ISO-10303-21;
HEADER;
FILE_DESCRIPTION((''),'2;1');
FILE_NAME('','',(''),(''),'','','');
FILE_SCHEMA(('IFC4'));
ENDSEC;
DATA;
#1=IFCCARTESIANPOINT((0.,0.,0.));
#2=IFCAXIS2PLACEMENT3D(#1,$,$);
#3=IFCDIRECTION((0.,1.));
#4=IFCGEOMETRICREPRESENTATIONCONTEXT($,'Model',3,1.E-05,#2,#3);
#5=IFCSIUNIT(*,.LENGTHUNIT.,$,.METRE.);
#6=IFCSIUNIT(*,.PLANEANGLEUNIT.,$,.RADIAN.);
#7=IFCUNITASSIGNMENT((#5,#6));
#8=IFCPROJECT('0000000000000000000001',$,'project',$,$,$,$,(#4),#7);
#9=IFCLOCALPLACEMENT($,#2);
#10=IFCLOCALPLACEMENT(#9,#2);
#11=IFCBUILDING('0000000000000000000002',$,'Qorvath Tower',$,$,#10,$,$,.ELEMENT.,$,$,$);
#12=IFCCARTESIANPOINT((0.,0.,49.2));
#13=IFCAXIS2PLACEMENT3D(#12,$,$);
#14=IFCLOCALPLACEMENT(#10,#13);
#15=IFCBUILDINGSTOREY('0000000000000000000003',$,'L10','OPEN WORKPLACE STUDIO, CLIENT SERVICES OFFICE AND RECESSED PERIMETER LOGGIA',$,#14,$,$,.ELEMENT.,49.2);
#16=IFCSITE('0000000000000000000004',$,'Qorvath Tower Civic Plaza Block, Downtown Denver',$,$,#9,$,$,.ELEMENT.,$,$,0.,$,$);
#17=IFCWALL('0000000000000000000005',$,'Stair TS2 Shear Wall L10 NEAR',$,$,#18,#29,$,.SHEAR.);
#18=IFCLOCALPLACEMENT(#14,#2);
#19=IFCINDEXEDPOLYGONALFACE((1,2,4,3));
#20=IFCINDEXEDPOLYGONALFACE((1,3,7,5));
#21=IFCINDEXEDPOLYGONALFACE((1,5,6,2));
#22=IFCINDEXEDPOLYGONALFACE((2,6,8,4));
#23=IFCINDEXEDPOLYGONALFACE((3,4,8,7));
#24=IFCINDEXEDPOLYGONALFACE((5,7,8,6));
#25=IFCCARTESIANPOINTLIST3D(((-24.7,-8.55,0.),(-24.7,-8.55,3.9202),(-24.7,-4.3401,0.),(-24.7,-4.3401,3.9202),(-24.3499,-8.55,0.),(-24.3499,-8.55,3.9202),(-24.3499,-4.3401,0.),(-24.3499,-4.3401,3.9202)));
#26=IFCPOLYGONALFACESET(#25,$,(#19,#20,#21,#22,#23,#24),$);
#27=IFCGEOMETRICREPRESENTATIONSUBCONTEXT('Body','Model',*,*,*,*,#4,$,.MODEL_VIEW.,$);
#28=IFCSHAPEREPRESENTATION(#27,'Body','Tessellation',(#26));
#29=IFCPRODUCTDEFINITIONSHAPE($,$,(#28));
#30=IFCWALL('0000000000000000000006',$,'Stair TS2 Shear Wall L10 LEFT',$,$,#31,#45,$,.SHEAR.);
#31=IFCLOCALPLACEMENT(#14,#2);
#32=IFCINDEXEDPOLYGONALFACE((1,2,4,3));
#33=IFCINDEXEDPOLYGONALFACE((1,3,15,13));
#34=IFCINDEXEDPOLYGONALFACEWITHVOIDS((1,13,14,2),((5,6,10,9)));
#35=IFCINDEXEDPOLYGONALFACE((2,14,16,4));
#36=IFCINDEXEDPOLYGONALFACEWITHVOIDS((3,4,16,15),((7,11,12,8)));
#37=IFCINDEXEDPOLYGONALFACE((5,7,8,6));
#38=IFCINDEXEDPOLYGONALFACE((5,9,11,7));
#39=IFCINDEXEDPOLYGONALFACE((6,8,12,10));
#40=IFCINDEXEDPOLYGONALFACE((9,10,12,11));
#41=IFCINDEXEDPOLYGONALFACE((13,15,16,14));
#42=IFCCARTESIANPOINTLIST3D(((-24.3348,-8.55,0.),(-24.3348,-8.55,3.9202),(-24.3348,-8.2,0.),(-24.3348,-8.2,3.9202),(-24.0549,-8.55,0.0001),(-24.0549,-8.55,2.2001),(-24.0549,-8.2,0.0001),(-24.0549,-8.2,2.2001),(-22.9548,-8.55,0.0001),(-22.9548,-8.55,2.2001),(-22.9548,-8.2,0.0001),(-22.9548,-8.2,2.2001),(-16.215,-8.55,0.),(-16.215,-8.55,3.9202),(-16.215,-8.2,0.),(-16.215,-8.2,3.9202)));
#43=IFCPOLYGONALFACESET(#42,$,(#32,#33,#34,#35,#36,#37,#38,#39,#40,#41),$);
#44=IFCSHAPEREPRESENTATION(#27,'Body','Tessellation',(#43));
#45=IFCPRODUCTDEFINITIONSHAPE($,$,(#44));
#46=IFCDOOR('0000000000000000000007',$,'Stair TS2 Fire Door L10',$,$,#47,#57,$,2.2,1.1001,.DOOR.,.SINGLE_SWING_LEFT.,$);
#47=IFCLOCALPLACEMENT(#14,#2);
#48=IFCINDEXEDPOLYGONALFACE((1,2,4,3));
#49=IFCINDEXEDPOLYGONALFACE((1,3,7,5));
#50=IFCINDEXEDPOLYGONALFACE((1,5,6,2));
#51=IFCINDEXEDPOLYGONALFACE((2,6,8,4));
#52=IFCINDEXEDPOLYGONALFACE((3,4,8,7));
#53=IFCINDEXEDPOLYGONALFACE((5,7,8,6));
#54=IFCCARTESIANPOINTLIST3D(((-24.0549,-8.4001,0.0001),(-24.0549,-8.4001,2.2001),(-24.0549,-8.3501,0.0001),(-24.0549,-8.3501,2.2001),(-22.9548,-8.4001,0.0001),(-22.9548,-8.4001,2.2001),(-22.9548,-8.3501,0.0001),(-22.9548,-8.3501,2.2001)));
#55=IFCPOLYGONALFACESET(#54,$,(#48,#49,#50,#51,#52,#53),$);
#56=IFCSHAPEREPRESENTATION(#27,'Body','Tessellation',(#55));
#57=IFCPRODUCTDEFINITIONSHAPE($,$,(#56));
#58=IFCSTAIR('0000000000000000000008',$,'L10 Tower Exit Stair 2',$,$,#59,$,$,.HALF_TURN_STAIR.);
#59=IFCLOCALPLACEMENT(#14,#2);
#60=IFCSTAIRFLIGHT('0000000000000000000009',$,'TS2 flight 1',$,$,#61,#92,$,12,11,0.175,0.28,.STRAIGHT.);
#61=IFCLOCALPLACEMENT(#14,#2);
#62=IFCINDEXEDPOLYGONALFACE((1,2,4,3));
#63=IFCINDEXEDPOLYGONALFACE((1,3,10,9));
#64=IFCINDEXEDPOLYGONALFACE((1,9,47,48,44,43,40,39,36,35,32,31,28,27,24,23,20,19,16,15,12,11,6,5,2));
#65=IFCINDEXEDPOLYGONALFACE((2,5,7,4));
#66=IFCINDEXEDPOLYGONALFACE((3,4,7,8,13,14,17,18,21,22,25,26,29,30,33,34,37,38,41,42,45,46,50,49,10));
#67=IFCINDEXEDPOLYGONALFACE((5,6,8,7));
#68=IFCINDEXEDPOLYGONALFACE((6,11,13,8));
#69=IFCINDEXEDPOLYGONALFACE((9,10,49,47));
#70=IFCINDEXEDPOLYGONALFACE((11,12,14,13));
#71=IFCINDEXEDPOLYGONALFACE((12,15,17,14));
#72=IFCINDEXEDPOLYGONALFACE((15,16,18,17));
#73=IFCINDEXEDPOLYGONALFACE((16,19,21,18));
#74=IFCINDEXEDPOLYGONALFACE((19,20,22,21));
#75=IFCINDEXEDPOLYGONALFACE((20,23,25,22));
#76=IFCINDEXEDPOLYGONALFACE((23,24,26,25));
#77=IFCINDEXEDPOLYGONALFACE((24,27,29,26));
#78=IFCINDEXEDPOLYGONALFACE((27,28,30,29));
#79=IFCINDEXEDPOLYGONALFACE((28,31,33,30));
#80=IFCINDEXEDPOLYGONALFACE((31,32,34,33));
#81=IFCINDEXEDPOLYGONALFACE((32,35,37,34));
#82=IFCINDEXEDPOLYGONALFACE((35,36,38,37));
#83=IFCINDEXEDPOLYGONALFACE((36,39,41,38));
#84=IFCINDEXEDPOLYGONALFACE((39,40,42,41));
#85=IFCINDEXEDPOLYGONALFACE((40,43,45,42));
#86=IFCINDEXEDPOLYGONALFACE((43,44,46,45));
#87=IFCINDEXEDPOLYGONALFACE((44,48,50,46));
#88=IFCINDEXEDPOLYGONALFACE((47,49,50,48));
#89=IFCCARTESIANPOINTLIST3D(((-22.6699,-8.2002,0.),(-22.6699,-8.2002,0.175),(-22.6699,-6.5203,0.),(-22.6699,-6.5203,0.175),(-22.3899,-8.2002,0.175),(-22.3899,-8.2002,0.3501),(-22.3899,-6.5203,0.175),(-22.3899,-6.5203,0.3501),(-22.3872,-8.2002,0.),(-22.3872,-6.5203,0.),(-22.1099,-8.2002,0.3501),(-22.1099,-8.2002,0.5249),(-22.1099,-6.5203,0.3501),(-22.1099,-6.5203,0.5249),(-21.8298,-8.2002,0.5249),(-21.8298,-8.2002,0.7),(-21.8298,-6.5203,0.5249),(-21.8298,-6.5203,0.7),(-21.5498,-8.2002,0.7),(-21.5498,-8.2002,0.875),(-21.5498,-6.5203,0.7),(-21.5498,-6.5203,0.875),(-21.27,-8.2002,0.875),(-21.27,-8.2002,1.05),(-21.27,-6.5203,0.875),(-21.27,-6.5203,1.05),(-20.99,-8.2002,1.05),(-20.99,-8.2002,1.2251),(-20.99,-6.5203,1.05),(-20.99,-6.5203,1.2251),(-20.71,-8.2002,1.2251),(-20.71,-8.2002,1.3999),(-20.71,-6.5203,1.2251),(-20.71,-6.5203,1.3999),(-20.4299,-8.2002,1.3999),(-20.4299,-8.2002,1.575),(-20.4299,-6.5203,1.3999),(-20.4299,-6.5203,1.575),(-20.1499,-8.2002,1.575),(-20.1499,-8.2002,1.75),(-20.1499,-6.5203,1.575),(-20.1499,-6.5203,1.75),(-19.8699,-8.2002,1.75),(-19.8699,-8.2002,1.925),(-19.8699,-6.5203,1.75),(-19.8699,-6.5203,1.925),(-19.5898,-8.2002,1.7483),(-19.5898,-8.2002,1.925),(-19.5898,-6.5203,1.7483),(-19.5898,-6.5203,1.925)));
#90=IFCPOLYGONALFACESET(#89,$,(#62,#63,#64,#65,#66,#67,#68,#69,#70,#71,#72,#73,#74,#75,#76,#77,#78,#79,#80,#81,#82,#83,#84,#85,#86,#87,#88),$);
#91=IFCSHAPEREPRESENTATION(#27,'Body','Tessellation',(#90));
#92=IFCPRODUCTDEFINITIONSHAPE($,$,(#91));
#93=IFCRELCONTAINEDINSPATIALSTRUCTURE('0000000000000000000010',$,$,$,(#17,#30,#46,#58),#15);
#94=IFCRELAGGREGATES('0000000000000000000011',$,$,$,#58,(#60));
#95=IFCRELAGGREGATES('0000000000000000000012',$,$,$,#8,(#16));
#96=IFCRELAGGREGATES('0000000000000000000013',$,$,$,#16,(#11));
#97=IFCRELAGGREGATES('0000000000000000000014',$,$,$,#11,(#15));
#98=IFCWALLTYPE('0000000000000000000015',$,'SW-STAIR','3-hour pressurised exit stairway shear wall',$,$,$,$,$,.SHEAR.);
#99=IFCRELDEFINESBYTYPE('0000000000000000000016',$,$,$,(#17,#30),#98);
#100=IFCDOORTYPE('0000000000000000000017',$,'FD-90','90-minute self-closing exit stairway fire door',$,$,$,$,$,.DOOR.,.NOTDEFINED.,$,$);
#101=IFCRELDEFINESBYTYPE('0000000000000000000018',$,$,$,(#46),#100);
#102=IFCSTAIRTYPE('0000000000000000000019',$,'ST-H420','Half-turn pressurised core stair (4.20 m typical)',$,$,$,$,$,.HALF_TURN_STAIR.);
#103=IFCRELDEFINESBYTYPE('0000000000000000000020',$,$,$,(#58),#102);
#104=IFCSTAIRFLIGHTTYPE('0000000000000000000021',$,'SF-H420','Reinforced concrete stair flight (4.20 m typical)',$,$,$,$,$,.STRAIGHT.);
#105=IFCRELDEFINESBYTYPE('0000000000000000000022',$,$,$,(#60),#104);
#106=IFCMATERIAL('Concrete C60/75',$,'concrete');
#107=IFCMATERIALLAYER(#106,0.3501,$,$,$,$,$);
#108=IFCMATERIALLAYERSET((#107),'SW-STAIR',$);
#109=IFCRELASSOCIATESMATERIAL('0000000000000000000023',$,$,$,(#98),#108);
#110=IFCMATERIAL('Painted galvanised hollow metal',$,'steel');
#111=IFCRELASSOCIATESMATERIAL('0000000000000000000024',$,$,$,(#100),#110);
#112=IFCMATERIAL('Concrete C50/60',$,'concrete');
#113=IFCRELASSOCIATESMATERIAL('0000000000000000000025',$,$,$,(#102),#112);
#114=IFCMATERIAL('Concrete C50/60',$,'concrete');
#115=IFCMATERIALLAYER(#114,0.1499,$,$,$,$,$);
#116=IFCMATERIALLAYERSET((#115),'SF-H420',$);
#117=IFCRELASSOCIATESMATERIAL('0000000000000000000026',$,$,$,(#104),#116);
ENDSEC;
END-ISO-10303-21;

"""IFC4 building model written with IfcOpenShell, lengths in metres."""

from ifc_helpers import new_model, si_unit, direction, frame, frame_2d, origin, place, context, subcontext, project, spatial, polyline, rectangle, outline, extrude, material, layer, layer_set, type_object, element, fill, aggregate, save


model = new_model("IFC4")

# Units and contexts
model_context = context("Model", 3, precision=1e-05, world=origin(), true_north=direction((0.0, 1.0)))
body_context = subcontext(model_context, "Body", "Model", "MODEL_VIEW")
ifc_project = project(units=[si_unit("LENGTHUNIT", "METRE"), si_unit("PLANEANGLEUNIT", "RADIAN")], contexts=[model_context])

# Site, building, storey
site_placement = place(None, origin())
site = spatial("IfcSite", under=ifc_project, at=site_placement, Name="Qorvath Tower Civic Plaza Block, Downtown Denver", CompositionType="ELEMENT", RefElevation=0.0)
building_placement = place(site_placement, origin())
building = spatial("IfcBuilding", under=site, at=building_placement, Name="Qorvath Tower", CompositionType="ELEMENT")
storey_placement = place(building_placement, frame((0.0, 0.0, 49.2)))
storey = spatial("IfcBuildingStorey", under=building, at=storey_placement, Name="L10", Description="OPEN WORKPLACE STUDIO, CLIENT SERVICES OFFICE AND RECESSED PERIMETER LOGGIA", CompositionType="ELEMENT", Elevation=49.2)

# Wall
ifc_material_1 = material(Name="Concrete C60/75", Category="concrete")
ifc_layer_1 = layer(ifc_material_1, 0.3501)
ifc_layer_set_1 = layer_set([ifc_layer_1], Name="SW-STAIR")
wall_type_1 = type_object("IfcWallType", Name="SW-STAIR", Description="3-hour pressurised exit stairway shear wall", PredefinedType="SHEAR", material=ifc_layer_set_1)
wall_1_placement = place(storey_placement, frame((-24.5249, -4.3401, 0.0), z_axis=(0.0, 0.0, 1.0), x_axis=(0.0, -1.0, 0.0)))
element("IfcWall", 1, at=wall_1_placement, inside=storey, type_object=wall_type_1, Name="Stair TS2 Shear Wall L10 NEAR", PredefinedType="SHEAR", context=body_context, shape_type="SweptSolid", body=[
    extrude(rectangle(XDim=4.21, YDim=0.3501, at=frame_2d((2.105, 0.0))), origin(), (0.0, 0.0, 1.0), 3.9202),
])

# Wall, opening, door
wall_2_placement = place(storey_placement, frame((-24.335, -8.375, 0.0), z_axis=(0.0, 0.0, 1.0), x_axis=(1.0, 0.0, 0.0)))
wall_2 = element("IfcWall", 2, at=wall_2_placement, inside=storey, type_object=wall_type_1, Name="Stair TS2 Shear Wall L10 LEFT", PredefinedType="SHEAR", context=body_context, shape_type="SweptSolid", body=[
    extrude(rectangle(XDim=8.1199, YDim=0.3501, at=frame_2d((4.0601, 0.0))), origin(), (0.0, 0.0, 1.0), 3.9202),
])
opening_1_placement = place(wall_2_placement, frame((0.28, 0.0, 0.0)))
opening_1 = element("IfcOpeningElement", 3, at=opening_1_placement, cuts=wall_2, PredefinedType="OPENING", context=body_context, shape_type="SweptSolid", body=[
    extrude(rectangle(XDim=1.1001, YDim=2.2, at=frame_2d((0.55, 1.1001))), frame((0.0, 0.1851, 0.0), z_axis=(0.0, -1.0, 0.0), x_axis=(1.0, 0.0, 0.0)), (0.0, 0.0, 1.0), 0.3701),
])
ifc_material_2 = material(Name="Painted galvanised hollow metal", Category="steel")
door_type_1 = type_object("IfcDoorType", Name="FD-90", Description="90-minute self-closing exit stairway fire door", OperationType="NOTDEFINED", PredefinedType="DOOR", material=ifc_material_2)
door_1_placement = place(opening_1_placement, origin())
door_1 = element("IfcDoor", 4, at=door_1_placement, inside=storey, type_object=door_type_1, Name="Stair TS2 Fire Door L10", OperationType="SINGLE_SWING_LEFT", OverallHeight=2.2, OverallWidth=1.1001, PredefinedType="DOOR", context=body_context, shape_type="SweptSolid", body=[
    extrude(rectangle(XDim=1.1001, YDim=2.2, at=frame_2d((0.55, 1.1001))), frame((0.0, 0.0249, 0.0), z_axis=(0.0, -1.0, 0.0), x_axis=(1.0, 0.0, 0.0)), (0.0, 0.0, 1.0), 0.05),
])
fill(opening_1, door_1)

# Stair, stair flight
ifc_material_3 = material(Name="Concrete C50/60", Category="concrete")
stair_type = type_object("IfcStairType", Name="ST-H420", Description="Half-turn pressurised core stair (4.20 m typical)", PredefinedType="HALF_TURN_STAIR", material=ifc_material_3)
stair_placement = place(storey_placement, origin())
stair = element("IfcStair", 5, at=stair_placement, inside=storey, type_object=stair_type, Name="L10 Tower Exit Stair 2", PredefinedType="HALF_TURN_STAIR")
ifc_material_4 = material(Name="Concrete C50/60", Category="concrete")
ifc_layer_2 = layer(ifc_material_4, 0.1499)
ifc_layer_set_2 = layer_set([ifc_layer_2], Name="SF-H420")
stair_flight_type = type_object("IfcStairFlightType", Name="SF-H420", Description="Reinforced concrete stair flight (4.20 m typical)", PredefinedType="STRAIGHT", material=ifc_layer_set_2)
stair_flight_placement = place(storey_placement, frame((-22.6699, -7.3601, 0.0), z_axis=(0.0, 0.0, 1.0), x_axis=(1.0, 0.0, 0.0)))
stair_flight = element("IfcStairFlight", 6, at=stair_flight_placement, type_object=stair_flight_type, Name="TS2 flight 1", NumberOfRisers=12, NumberOfTreads=11, PredefinedType="STRAIGHT", RiserHeight=0.175, TreadLength=0.28, context=body_context, shape_type="SweptSolid", body=[
    extrude(outline(polyline([(0.0, 0.0), (0.0, 0.175), (0.28, 0.175), (0.28, 0.3501), (0.5601, 0.3501), (0.5601, 0.5249), (0.8401, 0.5249), (0.8401, 0.7), (1.1201, 0.7), (1.1201, 0.875), (1.3999, 0.875), (1.3999, 1.05), (1.6799, 1.05), (1.6799, 1.2251), (1.96, 1.2251), (1.96, 1.3999), (2.24, 1.3999), (2.24, 1.575), (2.52, 1.575), (2.52, 1.75), (2.8, 1.75), (2.8, 1.925), (3.0801, 1.925), (3.0801, 2.1001), (3.0801, 1.7483), (0.2827, 0.0), (0.0, 0.0)])), frame((0.0, 0.8398, 0.0), z_axis=(0.0, -1.0, 0.0), x_axis=(1.0, 0.0, 0.0)), (0.0, 0.0, 1.0), 1.6799),
])
aggregate(stair, [stair_flight])

save(model, "model.ifc")
